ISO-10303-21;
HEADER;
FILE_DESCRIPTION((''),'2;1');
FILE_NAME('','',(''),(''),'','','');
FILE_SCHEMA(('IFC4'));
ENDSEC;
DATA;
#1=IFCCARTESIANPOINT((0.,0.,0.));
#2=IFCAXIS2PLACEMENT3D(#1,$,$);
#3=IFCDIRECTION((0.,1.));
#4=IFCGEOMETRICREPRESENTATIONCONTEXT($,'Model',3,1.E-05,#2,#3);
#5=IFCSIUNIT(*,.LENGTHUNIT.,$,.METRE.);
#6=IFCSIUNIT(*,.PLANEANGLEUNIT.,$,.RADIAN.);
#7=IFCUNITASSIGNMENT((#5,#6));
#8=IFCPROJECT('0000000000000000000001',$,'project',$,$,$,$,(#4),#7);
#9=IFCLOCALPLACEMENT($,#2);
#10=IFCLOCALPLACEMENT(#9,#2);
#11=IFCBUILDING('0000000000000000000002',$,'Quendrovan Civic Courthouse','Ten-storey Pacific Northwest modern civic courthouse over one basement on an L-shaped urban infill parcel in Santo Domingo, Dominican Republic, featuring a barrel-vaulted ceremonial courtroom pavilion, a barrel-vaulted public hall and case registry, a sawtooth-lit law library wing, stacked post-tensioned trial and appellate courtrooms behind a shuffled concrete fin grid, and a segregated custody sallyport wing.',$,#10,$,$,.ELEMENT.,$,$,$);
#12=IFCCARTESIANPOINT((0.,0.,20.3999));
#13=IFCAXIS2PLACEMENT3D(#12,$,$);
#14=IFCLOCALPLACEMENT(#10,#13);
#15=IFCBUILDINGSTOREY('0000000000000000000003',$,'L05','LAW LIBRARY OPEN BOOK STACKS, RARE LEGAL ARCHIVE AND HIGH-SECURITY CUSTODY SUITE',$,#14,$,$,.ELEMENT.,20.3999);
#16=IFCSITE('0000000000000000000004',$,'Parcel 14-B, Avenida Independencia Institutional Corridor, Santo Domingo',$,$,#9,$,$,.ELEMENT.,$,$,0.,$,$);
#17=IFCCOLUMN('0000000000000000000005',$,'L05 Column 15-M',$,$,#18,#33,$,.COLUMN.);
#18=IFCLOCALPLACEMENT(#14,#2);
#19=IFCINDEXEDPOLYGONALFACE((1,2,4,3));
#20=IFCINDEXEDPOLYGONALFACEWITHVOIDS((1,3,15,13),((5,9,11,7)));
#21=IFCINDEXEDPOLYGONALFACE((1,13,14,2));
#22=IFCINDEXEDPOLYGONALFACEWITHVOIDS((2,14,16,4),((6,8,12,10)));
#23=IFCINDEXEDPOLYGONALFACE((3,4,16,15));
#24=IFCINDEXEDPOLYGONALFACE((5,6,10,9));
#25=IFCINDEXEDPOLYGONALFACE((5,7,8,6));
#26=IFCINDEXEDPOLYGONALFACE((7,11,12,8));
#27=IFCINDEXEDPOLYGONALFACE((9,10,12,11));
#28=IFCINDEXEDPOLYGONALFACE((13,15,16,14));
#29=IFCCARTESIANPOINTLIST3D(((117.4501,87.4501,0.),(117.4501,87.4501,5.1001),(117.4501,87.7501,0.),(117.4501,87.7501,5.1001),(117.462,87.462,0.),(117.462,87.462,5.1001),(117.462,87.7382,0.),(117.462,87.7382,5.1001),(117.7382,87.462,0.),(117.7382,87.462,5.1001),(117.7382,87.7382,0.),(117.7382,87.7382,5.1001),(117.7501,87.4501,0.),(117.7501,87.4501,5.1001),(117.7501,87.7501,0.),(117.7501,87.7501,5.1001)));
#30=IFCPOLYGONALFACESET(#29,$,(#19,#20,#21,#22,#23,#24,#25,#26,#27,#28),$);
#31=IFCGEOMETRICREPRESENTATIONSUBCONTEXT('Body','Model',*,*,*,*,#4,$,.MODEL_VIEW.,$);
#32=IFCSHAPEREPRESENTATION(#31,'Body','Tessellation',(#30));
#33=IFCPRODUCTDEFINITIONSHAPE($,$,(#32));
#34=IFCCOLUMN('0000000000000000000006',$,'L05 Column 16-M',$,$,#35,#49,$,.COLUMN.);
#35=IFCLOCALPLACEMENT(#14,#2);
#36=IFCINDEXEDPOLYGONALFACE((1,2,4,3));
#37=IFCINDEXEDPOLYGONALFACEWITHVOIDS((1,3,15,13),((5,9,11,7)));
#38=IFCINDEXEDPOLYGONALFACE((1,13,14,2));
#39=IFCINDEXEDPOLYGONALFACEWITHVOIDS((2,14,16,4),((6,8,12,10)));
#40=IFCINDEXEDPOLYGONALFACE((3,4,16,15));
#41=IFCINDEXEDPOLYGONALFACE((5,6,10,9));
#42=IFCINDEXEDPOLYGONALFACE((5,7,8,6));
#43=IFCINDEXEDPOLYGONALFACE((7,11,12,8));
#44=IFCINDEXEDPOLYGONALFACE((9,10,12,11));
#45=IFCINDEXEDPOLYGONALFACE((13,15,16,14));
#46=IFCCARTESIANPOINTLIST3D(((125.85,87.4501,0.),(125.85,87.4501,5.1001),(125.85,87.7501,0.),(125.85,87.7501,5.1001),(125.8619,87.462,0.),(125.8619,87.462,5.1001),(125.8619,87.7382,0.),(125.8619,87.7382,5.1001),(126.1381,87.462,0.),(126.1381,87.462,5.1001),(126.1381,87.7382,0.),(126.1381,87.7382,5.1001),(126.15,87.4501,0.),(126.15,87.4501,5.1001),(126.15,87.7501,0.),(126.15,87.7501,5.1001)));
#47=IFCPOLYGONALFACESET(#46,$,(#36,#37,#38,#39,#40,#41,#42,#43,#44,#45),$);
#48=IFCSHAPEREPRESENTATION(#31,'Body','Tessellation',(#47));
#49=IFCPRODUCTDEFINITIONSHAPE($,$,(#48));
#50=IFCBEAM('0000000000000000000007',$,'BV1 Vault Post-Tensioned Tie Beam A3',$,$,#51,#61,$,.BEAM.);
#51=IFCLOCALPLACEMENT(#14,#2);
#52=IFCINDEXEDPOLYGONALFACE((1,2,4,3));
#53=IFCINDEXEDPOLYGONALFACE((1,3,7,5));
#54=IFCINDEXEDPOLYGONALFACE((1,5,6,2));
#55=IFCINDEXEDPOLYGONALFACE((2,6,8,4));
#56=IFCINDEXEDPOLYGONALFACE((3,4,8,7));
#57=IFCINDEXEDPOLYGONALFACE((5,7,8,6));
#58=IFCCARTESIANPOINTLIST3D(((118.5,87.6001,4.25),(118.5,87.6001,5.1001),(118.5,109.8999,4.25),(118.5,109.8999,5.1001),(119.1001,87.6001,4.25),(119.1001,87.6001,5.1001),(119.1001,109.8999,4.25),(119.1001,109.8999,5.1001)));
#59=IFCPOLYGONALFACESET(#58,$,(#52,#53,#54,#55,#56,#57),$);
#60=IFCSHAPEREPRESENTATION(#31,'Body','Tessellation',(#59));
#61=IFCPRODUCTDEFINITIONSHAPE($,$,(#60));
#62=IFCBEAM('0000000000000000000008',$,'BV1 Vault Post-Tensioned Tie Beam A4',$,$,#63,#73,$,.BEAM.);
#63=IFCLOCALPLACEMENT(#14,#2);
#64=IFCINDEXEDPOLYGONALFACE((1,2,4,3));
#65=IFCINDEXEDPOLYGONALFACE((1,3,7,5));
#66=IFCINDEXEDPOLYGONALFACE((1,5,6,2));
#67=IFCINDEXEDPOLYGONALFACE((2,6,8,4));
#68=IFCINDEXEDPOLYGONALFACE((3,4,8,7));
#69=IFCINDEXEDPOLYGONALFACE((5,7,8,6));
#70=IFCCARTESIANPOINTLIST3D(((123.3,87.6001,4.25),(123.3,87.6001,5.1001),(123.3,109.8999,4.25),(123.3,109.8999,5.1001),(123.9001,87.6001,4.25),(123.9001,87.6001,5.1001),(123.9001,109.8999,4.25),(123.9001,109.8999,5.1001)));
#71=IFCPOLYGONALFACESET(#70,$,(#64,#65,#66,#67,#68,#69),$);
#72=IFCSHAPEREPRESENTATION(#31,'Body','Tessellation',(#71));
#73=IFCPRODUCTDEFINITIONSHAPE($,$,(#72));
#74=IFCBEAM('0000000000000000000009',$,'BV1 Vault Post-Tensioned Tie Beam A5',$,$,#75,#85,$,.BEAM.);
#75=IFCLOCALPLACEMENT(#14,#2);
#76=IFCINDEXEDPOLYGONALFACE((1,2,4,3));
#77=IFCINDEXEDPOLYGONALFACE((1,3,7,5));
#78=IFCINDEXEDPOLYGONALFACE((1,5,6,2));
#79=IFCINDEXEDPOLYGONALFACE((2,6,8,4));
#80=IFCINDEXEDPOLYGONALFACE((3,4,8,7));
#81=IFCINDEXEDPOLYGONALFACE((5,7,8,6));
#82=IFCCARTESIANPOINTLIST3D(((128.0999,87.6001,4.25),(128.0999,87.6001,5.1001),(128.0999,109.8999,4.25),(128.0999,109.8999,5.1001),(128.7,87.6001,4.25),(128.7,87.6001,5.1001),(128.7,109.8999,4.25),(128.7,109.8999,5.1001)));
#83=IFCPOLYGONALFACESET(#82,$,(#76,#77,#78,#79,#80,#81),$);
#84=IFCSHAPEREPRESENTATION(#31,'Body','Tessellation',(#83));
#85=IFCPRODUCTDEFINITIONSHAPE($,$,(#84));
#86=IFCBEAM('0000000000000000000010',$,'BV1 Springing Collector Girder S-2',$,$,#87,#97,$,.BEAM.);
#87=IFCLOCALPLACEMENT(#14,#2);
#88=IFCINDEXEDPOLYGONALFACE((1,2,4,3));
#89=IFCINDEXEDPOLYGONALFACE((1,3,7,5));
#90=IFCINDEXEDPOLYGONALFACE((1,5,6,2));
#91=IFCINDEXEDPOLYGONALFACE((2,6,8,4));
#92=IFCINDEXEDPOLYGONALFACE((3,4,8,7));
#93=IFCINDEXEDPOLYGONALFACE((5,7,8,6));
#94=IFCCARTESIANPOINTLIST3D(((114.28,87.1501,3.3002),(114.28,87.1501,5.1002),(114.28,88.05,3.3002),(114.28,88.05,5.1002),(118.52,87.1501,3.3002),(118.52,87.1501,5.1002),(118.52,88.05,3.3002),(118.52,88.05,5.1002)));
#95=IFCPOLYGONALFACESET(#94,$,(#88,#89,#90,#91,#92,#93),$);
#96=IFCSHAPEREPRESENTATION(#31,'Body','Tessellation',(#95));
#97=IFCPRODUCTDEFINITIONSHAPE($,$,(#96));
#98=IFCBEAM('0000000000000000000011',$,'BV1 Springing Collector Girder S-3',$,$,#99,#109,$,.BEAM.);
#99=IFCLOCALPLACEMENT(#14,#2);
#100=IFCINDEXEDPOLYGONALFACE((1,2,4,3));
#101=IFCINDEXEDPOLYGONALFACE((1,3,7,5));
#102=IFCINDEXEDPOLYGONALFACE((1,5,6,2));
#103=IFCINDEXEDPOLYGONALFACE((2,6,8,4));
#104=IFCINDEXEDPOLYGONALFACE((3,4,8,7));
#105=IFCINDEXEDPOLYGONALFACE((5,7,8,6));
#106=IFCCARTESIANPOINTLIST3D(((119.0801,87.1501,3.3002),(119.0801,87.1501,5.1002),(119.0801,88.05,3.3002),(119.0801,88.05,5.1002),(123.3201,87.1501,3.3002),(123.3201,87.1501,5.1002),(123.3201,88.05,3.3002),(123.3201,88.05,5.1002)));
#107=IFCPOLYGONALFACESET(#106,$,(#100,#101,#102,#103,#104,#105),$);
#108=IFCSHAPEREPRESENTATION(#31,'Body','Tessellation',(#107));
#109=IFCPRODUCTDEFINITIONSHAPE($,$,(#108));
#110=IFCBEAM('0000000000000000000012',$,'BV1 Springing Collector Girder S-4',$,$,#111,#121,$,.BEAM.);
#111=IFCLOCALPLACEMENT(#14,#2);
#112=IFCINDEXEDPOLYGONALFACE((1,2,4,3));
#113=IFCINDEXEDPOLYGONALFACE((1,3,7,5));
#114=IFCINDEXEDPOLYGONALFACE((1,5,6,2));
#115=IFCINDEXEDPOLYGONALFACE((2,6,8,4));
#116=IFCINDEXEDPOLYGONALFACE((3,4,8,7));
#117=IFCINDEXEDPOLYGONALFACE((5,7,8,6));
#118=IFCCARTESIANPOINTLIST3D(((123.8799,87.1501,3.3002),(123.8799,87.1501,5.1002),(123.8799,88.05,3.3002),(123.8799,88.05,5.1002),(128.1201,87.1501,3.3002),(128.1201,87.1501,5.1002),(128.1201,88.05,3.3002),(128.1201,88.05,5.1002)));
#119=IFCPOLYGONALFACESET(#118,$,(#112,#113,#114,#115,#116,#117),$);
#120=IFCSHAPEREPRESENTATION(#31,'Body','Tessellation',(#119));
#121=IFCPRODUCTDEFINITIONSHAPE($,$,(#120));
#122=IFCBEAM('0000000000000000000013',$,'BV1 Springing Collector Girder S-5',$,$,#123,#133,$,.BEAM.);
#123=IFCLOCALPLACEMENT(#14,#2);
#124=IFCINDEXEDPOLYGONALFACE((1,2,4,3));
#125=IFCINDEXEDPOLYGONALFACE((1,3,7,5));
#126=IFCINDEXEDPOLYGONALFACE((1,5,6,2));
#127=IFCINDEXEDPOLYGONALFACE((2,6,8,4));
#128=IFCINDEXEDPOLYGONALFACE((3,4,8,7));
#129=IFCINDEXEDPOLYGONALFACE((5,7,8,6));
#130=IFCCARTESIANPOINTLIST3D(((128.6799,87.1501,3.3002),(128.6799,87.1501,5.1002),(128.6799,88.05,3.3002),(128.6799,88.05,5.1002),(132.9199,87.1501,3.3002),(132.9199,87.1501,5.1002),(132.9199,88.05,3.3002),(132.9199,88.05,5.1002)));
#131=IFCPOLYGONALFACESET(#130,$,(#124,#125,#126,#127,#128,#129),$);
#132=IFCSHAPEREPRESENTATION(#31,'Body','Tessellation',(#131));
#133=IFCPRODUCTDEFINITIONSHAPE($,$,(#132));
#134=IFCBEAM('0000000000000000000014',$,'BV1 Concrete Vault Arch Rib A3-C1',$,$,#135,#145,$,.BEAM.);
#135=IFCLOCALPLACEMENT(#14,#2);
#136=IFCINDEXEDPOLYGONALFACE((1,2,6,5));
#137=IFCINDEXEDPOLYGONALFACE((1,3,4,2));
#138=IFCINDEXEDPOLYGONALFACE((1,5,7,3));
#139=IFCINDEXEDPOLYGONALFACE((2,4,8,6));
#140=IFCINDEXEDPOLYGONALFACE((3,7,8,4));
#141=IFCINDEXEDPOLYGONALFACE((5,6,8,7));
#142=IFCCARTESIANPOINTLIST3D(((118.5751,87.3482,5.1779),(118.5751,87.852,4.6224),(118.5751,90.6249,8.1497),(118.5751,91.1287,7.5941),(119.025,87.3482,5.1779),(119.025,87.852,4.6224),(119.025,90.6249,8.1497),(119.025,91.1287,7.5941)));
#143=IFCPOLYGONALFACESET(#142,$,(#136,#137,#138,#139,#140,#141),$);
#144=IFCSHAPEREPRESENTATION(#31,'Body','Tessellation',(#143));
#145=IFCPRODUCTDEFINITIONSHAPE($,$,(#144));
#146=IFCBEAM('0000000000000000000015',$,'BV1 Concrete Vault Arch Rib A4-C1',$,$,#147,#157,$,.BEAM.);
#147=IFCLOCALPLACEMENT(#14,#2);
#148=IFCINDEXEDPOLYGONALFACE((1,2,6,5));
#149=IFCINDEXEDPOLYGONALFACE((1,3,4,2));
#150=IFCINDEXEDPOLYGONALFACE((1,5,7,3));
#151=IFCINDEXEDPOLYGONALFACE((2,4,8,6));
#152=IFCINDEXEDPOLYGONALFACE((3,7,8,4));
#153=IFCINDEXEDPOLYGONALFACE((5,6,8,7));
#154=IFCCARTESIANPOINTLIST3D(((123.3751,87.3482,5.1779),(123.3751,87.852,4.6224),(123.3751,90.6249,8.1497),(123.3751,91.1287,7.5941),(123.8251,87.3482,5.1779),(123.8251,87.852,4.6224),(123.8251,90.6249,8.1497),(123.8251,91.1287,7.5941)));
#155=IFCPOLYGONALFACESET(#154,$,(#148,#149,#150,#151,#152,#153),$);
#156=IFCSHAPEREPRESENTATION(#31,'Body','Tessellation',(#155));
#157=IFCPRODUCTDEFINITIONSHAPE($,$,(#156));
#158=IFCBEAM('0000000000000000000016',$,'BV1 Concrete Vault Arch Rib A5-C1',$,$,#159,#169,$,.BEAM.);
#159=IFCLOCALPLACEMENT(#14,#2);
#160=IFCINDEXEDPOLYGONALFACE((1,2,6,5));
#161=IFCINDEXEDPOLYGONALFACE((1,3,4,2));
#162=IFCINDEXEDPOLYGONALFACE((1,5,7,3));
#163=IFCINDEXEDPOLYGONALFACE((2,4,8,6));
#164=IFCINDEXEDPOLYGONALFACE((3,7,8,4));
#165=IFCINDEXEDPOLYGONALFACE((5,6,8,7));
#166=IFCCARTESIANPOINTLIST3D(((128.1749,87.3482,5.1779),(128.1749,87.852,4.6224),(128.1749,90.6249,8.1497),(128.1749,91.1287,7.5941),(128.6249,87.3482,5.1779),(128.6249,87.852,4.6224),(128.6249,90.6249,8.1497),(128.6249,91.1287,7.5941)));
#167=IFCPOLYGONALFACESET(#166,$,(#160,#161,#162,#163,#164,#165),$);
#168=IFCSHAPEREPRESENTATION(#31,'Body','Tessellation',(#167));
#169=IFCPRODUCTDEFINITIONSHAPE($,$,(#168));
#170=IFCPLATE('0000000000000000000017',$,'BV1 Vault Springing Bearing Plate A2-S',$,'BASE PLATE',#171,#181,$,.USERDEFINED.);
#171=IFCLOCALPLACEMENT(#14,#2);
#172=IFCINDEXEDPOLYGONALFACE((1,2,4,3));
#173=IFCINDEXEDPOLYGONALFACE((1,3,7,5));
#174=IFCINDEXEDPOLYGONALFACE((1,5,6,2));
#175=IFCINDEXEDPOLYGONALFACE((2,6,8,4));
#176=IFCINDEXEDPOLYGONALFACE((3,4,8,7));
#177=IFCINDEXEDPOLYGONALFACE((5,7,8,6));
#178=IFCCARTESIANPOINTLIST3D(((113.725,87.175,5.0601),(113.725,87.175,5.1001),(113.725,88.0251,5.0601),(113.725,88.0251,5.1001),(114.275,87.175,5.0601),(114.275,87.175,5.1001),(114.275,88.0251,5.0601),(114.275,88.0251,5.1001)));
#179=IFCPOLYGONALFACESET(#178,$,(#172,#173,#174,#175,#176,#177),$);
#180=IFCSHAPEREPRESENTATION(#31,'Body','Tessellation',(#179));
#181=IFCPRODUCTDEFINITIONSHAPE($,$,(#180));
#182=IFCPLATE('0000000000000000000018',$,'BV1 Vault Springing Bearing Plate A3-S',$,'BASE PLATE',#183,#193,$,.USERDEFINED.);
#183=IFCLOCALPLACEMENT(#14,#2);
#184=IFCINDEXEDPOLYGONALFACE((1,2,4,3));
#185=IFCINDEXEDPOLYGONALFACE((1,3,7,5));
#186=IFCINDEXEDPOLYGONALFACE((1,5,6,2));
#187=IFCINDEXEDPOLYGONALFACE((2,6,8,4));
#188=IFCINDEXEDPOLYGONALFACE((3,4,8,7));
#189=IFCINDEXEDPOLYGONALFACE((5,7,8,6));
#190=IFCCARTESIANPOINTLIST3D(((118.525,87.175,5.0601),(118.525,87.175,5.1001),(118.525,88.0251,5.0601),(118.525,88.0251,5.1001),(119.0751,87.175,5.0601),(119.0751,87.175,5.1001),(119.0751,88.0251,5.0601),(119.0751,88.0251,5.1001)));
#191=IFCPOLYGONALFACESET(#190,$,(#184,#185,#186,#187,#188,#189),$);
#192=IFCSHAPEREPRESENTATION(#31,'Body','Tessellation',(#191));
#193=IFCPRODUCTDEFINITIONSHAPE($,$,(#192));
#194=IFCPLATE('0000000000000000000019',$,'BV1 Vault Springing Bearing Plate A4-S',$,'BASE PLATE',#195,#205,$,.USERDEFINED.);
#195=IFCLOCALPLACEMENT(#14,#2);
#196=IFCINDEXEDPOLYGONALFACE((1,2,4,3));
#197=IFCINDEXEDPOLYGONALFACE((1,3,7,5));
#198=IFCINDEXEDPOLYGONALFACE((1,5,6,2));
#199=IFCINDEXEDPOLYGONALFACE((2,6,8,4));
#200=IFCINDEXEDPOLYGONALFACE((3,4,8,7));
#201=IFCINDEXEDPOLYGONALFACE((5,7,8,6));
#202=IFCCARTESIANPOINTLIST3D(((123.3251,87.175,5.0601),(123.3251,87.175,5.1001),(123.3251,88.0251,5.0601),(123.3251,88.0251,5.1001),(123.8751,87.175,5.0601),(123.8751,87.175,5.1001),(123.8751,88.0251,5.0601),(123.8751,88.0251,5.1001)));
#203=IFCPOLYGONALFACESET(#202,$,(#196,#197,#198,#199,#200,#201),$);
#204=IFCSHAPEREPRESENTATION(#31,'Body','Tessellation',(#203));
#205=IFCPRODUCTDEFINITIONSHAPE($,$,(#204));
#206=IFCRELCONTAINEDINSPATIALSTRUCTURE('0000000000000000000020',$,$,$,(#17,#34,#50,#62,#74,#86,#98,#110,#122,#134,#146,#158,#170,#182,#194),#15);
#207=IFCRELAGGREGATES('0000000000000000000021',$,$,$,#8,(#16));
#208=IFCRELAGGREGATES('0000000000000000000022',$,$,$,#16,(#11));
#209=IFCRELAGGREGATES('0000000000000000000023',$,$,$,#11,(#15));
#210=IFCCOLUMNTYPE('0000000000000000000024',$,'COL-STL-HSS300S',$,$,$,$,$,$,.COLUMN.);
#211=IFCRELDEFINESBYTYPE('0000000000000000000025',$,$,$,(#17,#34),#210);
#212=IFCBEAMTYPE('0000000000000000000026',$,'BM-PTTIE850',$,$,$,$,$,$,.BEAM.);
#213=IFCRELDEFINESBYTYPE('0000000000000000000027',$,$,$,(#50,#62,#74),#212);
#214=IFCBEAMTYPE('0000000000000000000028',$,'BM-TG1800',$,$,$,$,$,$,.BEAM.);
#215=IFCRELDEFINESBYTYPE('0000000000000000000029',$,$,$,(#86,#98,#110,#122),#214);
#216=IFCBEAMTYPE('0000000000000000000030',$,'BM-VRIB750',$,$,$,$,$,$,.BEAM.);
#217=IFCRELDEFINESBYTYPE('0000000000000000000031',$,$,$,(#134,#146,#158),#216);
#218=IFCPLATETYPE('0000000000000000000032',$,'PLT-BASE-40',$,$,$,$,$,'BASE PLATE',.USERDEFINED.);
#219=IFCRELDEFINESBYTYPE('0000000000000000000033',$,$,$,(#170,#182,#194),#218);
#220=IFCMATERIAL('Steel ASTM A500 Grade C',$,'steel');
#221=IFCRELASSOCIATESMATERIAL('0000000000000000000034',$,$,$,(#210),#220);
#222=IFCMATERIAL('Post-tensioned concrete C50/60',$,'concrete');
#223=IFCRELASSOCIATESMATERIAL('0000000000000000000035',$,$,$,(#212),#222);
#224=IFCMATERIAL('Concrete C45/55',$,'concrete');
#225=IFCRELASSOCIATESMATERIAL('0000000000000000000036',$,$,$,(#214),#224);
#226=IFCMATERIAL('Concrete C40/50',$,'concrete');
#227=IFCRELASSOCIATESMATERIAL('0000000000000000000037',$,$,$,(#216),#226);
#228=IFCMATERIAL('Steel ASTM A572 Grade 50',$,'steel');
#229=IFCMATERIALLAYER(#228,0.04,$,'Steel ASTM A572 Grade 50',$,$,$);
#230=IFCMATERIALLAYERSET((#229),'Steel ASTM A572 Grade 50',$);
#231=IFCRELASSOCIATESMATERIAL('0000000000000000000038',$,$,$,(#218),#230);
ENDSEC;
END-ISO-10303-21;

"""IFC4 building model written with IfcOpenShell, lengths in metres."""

from ifc_helpers import new_model, si_unit, direction, frame, origin, origin_2d, place, context, subcontext, project, spatial, rectangle, hollow_rectangle, extrude, material, layer, layer_set, material_profile, profile_set, type_object, element, save


model = new_model("IFC4")

# Units and contexts
model_context = context("Model", 3, precision=1e-05, world=origin(), true_north=direction((0.0, 1.0)))
body_context = subcontext(model_context, "Body", "Model", "MODEL_VIEW")
ifc_project = project(units=[si_unit("LENGTHUNIT", "METRE"), si_unit("PLANEANGLEUNIT", "RADIAN")], contexts=[model_context])

# Site, building, storey
site_placement = place(None, origin())
site = spatial("IfcSite", under=ifc_project, at=site_placement, Name="Parcel 14-B, Avenida Independencia Institutional Corridor, Santo Domingo", CompositionType="ELEMENT", RefElevation=0.0)
building_placement = place(site_placement, origin())
building = spatial("IfcBuilding", under=site, at=building_placement, Name="Quendrovan Civic Courthouse", Description="Ten-storey Pacific Northwest modern civic courthouse over one basement on an L-shaped urban infill parcel in Santo Domingo, Dominican Republic, featuring a barrel-vaulted ceremonial courtroom pavilion, a barrel-vaulted public hall and case registry, a sawtooth-lit law library wing, stacked post-tensioned trial and appellate courtrooms behind a shuffled concrete fin grid, and a segregated custody sallyport wing.", CompositionType="ELEMENT")
storey_placement = place(building_placement, frame((0.0, 0.0, 20.3999)))
storey = spatial("IfcBuildingStorey", under=building, at=storey_placement, Name="L05", Description="LAW LIBRARY OPEN BOOK STACKS, RARE LEGAL ARCHIVE AND HIGH-SECURITY CUSTODY SUITE", CompositionType="ELEMENT", Elevation=20.3999)

# Columns
ifc_material_1 = material(Name="Steel ASTM A500 Grade C", Category="steel")
ifc_material_profile_1 = material_profile(ifc_material_1, hollow_rectangle(XDim=0.3, YDim=0.3, WallThickness=0.012, at=origin_2d()), Name="HSS300x300x12")
ifc_profile_set_1 = profile_set([ifc_material_profile_1], Name="Steel ASTM A500 Grade C")
column_type = type_object("IfcColumnType", Name="COL-STL-HSS300S", PredefinedType="COLUMN", material=ifc_profile_set_1)
for number, where, z_axis, x_axis, name in (
    (1, (117.6001, 87.6001, 0.0), (0.0, 0.0, 1.0), (1.0, 0.0, 0.0), "L05 Column 15-M"),
    (2, (126.0, 87.6001, 0.0), (0.0, 0.0, 1.0), (1.0, 0.0, 0.0), "L05 Column 16-M"),
):
    element("IfcColumn", number, at=place(storey_placement, frame(where, z_axis=z_axis, x_axis=x_axis)), inside=storey, type_object=column_type, Name=name, PredefinedType="COLUMN", context=body_context, shape_type="SweptSolid", body=[
        extrude(hollow_rectangle(XDim=0.3, YDim=0.3, WallThickness=0.012, at=origin_2d()), origin(), (0.0, 0.0, 1.0), 5.1001),
    ])

# Beams
ifc_material_2 = material(Name="Post-tensioned concrete C50/60", Category="concrete")
ifc_material_profile_2 = material_profile(ifc_material_2, rectangle(XDim=0.6001, YDim=0.8501, at=origin_2d()), Name="PT-TIE-600x850")
ifc_profile_set_2 = profile_set([ifc_material_profile_2], Name="Post-tensioned concrete C50/60")
beam_type_1 = type_object("IfcBeamType", Name="BM-PTTIE850", PredefinedType="BEAM", material=ifc_profile_set_2)
for number, where, z_axis, x_axis, name in (
    (3, (118.8, 87.6001, 4.675), (0.0, 1.0, 0.0), (-1.0, 0.0, 0.0), "BV1 Vault Post-Tensioned Tie Beam A3"),
    (4, (123.6001, 87.6001, 4.675), (0.0, 1.0, 0.0), (-1.0, 0.0, 0.0), "BV1 Vault Post-Tensioned Tie Beam A4"),
    (5, (128.3999, 87.6001, 4.675), (0.0, 1.0, 0.0), (-1.0, 0.0, 0.0), "BV1 Vault Post-Tensioned Tie Beam A5"),
):
    element("IfcBeam", number, at=place(storey_placement, frame(where, z_axis=z_axis, x_axis=x_axis)), inside=storey, type_object=beam_type_1, Name=name, PredefinedType="BEAM", context=body_context, shape_type="SweptSolid", body=[
        extrude(rectangle(XDim=0.6001, YDim=0.8501, at=origin_2d()), origin(), (0.0, 0.0, 1.0), 22.2998),
    ])
ifc_material_3 = material(Name="Concrete C45/55", Category="concrete")
ifc_material_profile_3 = material_profile(ifc_material_3, rectangle(XDim=0.8999, YDim=1.8, at=origin_2d()), Name="RC-TG-900x1800")
ifc_profile_set_3 = profile_set([ifc_material_profile_3], Name="Concrete C45/55")
beam_type_2 = type_object("IfcBeamType", Name="BM-TG1800", PredefinedType="BEAM", material=ifc_profile_set_3)
for number, where, z_axis, x_axis, name in (
    (6, (114.28, 87.6001, 4.2002), (1.0, 0.0, 0.0), (0.0, 1.0, 0.0), "BV1 Springing Collector Girder S-2"),
    (7, (119.0801, 87.6001, 4.2002), (1.0, 0.0, 0.0), (0.0, 1.0, 0.0), "BV1 Springing Collector Girder S-3"),
):
    element("IfcBeam", number, at=place(storey_placement, frame(where, z_axis=z_axis, x_axis=x_axis)), inside=storey, type_object=beam_type_2, Name=name, PredefinedType="BEAM", context=body_context, shape_type="SweptSolid", body=[
        extrude(rectangle(XDim=0.8999, YDim=1.8, at=origin_2d()), origin(), (0.0, 0.0, 1.0), 4.24),
    ])
beam_1_placement = place(storey_placement, frame((123.8799, 87.6001, 4.2002), z_axis=(1.0, 0.0, 0.0), x_axis=(0.0, 1.0, 0.0)))
element("IfcBeam", 8, at=beam_1_placement, inside=storey, type_object=beam_type_2, Name="BV1 Springing Collector Girder S-4", PredefinedType="BEAM", context=body_context, shape_type="SweptSolid", body=[
    extrude(rectangle(XDim=0.8999, YDim=1.8, at=origin_2d()), origin(), (0.0, 0.0, 1.0), 4.2402),
])
beam_2_placement = place(storey_placement, frame((128.6799, 87.6001, 4.2002), z_axis=(1.0, 0.0, 0.0), x_axis=(0.0, 1.0, 0.0)))
element("IfcBeam", 9, at=beam_2_placement, inside=storey, type_object=beam_type_2, Name="BV1 Springing Collector Girder S-5", PredefinedType="BEAM", context=body_context, shape_type="SweptSolid", body=[
    extrude(rectangle(XDim=0.8999, YDim=1.8, at=origin_2d()), origin(), (0.0, 0.0, 1.0), 4.24),
])
ifc_material_4 = material(Name="Concrete C40/50", Category="concrete")
ifc_material_profile_4 = material_profile(ifc_material_4, rectangle(XDim=0.45, YDim=0.75, at=origin_2d()), Name="RC-VRIB-450x750")
ifc_profile_set_4 = profile_set([ifc_material_profile_4], Name="Concrete C40/50")
beam_type_3 = type_object("IfcBeamType", Name="BM-VRIB750", PredefinedType="BEAM", material=ifc_profile_set_4)
for number, where, z_axis, x_axis, name in (
    (10, (118.8, 87.6001, 4.9001), (0.0, 0.740734, 0.671799), (-1.0, 0.0, 0.0), "BV1 Concrete Vault Arch Rib A3-C1"),
    (11, (123.6001, 87.6001, 4.9001), (0.0, 0.740734, 0.671799), (-1.0, 0.0, 0.0), "BV1 Concrete Vault Arch Rib A4-C1"),
    (12, (128.3999, 87.6001, 4.9001), (0.0, 0.740734, 0.671799), (-1.0, 0.0, 0.0), "BV1 Concrete Vault Arch Rib A5-C1"),
):
    element("IfcBeam", number, at=place(storey_placement, frame(where, z_axis=z_axis, x_axis=x_axis)), inside=storey, type_object=beam_type_3, Name=name, PredefinedType="BEAM", context=body_context, shape_type="SweptSolid", body=[
        extrude(rectangle(XDim=0.45, YDim=0.75, at=origin_2d()), origin(), (0.0, 0.0, 1.0), 4.4236),
    ])

# Plates
ifc_material_5 = material(Name="Steel ASTM A572 Grade 50", Category="steel")
ifc_layer_1 = layer(ifc_material_5, 0.04, Name="Steel ASTM A572 Grade 50")
ifc_layer_set_1 = layer_set([ifc_layer_1], Name="Steel ASTM A572 Grade 50")
plate_type_1 = type_object("IfcPlateType", Name="PLT-BASE-40", ElementType="BASE PLATE", PredefinedType="USERDEFINED", material=ifc_layer_set_1)
for number, where, z_axis, x_axis, name in (
    (13, (114.0, 87.6001, 5.0601), (0.0, 0.0, 1.0), (1.0, 0.0, 0.0), "BV1 Vault Springing Bearing Plate A2-S"),
    (14, (118.8, 87.6001, 5.0601), (0.0, 0.0, 1.0), (1.0, 0.0, 0.0), "BV1 Vault Springing Bearing Plate A3-S"),
    (15, (123.6001, 87.6001, 5.0601), (0.0, 0.0, 1.0), (1.0, 0.0, 0.0), "BV1 Vault Springing Bearing Plate A4-S"),
):
    element("IfcPlate", number, at=place(storey_placement, frame(where, z_axis=z_axis, x_axis=x_axis)), inside=storey, type_object=plate_type_1, Name=name, ObjectType="BASE PLATE", PredefinedType="USERDEFINED", context=body_context, shape_type="SweptSolid", body=[
        extrude(rectangle(XDim=0.55, YDim=0.8501, at=origin_2d()), origin(), (0.0, 0.0, 1.0), 0.04),
    ])

save(model, "model.ifc")
